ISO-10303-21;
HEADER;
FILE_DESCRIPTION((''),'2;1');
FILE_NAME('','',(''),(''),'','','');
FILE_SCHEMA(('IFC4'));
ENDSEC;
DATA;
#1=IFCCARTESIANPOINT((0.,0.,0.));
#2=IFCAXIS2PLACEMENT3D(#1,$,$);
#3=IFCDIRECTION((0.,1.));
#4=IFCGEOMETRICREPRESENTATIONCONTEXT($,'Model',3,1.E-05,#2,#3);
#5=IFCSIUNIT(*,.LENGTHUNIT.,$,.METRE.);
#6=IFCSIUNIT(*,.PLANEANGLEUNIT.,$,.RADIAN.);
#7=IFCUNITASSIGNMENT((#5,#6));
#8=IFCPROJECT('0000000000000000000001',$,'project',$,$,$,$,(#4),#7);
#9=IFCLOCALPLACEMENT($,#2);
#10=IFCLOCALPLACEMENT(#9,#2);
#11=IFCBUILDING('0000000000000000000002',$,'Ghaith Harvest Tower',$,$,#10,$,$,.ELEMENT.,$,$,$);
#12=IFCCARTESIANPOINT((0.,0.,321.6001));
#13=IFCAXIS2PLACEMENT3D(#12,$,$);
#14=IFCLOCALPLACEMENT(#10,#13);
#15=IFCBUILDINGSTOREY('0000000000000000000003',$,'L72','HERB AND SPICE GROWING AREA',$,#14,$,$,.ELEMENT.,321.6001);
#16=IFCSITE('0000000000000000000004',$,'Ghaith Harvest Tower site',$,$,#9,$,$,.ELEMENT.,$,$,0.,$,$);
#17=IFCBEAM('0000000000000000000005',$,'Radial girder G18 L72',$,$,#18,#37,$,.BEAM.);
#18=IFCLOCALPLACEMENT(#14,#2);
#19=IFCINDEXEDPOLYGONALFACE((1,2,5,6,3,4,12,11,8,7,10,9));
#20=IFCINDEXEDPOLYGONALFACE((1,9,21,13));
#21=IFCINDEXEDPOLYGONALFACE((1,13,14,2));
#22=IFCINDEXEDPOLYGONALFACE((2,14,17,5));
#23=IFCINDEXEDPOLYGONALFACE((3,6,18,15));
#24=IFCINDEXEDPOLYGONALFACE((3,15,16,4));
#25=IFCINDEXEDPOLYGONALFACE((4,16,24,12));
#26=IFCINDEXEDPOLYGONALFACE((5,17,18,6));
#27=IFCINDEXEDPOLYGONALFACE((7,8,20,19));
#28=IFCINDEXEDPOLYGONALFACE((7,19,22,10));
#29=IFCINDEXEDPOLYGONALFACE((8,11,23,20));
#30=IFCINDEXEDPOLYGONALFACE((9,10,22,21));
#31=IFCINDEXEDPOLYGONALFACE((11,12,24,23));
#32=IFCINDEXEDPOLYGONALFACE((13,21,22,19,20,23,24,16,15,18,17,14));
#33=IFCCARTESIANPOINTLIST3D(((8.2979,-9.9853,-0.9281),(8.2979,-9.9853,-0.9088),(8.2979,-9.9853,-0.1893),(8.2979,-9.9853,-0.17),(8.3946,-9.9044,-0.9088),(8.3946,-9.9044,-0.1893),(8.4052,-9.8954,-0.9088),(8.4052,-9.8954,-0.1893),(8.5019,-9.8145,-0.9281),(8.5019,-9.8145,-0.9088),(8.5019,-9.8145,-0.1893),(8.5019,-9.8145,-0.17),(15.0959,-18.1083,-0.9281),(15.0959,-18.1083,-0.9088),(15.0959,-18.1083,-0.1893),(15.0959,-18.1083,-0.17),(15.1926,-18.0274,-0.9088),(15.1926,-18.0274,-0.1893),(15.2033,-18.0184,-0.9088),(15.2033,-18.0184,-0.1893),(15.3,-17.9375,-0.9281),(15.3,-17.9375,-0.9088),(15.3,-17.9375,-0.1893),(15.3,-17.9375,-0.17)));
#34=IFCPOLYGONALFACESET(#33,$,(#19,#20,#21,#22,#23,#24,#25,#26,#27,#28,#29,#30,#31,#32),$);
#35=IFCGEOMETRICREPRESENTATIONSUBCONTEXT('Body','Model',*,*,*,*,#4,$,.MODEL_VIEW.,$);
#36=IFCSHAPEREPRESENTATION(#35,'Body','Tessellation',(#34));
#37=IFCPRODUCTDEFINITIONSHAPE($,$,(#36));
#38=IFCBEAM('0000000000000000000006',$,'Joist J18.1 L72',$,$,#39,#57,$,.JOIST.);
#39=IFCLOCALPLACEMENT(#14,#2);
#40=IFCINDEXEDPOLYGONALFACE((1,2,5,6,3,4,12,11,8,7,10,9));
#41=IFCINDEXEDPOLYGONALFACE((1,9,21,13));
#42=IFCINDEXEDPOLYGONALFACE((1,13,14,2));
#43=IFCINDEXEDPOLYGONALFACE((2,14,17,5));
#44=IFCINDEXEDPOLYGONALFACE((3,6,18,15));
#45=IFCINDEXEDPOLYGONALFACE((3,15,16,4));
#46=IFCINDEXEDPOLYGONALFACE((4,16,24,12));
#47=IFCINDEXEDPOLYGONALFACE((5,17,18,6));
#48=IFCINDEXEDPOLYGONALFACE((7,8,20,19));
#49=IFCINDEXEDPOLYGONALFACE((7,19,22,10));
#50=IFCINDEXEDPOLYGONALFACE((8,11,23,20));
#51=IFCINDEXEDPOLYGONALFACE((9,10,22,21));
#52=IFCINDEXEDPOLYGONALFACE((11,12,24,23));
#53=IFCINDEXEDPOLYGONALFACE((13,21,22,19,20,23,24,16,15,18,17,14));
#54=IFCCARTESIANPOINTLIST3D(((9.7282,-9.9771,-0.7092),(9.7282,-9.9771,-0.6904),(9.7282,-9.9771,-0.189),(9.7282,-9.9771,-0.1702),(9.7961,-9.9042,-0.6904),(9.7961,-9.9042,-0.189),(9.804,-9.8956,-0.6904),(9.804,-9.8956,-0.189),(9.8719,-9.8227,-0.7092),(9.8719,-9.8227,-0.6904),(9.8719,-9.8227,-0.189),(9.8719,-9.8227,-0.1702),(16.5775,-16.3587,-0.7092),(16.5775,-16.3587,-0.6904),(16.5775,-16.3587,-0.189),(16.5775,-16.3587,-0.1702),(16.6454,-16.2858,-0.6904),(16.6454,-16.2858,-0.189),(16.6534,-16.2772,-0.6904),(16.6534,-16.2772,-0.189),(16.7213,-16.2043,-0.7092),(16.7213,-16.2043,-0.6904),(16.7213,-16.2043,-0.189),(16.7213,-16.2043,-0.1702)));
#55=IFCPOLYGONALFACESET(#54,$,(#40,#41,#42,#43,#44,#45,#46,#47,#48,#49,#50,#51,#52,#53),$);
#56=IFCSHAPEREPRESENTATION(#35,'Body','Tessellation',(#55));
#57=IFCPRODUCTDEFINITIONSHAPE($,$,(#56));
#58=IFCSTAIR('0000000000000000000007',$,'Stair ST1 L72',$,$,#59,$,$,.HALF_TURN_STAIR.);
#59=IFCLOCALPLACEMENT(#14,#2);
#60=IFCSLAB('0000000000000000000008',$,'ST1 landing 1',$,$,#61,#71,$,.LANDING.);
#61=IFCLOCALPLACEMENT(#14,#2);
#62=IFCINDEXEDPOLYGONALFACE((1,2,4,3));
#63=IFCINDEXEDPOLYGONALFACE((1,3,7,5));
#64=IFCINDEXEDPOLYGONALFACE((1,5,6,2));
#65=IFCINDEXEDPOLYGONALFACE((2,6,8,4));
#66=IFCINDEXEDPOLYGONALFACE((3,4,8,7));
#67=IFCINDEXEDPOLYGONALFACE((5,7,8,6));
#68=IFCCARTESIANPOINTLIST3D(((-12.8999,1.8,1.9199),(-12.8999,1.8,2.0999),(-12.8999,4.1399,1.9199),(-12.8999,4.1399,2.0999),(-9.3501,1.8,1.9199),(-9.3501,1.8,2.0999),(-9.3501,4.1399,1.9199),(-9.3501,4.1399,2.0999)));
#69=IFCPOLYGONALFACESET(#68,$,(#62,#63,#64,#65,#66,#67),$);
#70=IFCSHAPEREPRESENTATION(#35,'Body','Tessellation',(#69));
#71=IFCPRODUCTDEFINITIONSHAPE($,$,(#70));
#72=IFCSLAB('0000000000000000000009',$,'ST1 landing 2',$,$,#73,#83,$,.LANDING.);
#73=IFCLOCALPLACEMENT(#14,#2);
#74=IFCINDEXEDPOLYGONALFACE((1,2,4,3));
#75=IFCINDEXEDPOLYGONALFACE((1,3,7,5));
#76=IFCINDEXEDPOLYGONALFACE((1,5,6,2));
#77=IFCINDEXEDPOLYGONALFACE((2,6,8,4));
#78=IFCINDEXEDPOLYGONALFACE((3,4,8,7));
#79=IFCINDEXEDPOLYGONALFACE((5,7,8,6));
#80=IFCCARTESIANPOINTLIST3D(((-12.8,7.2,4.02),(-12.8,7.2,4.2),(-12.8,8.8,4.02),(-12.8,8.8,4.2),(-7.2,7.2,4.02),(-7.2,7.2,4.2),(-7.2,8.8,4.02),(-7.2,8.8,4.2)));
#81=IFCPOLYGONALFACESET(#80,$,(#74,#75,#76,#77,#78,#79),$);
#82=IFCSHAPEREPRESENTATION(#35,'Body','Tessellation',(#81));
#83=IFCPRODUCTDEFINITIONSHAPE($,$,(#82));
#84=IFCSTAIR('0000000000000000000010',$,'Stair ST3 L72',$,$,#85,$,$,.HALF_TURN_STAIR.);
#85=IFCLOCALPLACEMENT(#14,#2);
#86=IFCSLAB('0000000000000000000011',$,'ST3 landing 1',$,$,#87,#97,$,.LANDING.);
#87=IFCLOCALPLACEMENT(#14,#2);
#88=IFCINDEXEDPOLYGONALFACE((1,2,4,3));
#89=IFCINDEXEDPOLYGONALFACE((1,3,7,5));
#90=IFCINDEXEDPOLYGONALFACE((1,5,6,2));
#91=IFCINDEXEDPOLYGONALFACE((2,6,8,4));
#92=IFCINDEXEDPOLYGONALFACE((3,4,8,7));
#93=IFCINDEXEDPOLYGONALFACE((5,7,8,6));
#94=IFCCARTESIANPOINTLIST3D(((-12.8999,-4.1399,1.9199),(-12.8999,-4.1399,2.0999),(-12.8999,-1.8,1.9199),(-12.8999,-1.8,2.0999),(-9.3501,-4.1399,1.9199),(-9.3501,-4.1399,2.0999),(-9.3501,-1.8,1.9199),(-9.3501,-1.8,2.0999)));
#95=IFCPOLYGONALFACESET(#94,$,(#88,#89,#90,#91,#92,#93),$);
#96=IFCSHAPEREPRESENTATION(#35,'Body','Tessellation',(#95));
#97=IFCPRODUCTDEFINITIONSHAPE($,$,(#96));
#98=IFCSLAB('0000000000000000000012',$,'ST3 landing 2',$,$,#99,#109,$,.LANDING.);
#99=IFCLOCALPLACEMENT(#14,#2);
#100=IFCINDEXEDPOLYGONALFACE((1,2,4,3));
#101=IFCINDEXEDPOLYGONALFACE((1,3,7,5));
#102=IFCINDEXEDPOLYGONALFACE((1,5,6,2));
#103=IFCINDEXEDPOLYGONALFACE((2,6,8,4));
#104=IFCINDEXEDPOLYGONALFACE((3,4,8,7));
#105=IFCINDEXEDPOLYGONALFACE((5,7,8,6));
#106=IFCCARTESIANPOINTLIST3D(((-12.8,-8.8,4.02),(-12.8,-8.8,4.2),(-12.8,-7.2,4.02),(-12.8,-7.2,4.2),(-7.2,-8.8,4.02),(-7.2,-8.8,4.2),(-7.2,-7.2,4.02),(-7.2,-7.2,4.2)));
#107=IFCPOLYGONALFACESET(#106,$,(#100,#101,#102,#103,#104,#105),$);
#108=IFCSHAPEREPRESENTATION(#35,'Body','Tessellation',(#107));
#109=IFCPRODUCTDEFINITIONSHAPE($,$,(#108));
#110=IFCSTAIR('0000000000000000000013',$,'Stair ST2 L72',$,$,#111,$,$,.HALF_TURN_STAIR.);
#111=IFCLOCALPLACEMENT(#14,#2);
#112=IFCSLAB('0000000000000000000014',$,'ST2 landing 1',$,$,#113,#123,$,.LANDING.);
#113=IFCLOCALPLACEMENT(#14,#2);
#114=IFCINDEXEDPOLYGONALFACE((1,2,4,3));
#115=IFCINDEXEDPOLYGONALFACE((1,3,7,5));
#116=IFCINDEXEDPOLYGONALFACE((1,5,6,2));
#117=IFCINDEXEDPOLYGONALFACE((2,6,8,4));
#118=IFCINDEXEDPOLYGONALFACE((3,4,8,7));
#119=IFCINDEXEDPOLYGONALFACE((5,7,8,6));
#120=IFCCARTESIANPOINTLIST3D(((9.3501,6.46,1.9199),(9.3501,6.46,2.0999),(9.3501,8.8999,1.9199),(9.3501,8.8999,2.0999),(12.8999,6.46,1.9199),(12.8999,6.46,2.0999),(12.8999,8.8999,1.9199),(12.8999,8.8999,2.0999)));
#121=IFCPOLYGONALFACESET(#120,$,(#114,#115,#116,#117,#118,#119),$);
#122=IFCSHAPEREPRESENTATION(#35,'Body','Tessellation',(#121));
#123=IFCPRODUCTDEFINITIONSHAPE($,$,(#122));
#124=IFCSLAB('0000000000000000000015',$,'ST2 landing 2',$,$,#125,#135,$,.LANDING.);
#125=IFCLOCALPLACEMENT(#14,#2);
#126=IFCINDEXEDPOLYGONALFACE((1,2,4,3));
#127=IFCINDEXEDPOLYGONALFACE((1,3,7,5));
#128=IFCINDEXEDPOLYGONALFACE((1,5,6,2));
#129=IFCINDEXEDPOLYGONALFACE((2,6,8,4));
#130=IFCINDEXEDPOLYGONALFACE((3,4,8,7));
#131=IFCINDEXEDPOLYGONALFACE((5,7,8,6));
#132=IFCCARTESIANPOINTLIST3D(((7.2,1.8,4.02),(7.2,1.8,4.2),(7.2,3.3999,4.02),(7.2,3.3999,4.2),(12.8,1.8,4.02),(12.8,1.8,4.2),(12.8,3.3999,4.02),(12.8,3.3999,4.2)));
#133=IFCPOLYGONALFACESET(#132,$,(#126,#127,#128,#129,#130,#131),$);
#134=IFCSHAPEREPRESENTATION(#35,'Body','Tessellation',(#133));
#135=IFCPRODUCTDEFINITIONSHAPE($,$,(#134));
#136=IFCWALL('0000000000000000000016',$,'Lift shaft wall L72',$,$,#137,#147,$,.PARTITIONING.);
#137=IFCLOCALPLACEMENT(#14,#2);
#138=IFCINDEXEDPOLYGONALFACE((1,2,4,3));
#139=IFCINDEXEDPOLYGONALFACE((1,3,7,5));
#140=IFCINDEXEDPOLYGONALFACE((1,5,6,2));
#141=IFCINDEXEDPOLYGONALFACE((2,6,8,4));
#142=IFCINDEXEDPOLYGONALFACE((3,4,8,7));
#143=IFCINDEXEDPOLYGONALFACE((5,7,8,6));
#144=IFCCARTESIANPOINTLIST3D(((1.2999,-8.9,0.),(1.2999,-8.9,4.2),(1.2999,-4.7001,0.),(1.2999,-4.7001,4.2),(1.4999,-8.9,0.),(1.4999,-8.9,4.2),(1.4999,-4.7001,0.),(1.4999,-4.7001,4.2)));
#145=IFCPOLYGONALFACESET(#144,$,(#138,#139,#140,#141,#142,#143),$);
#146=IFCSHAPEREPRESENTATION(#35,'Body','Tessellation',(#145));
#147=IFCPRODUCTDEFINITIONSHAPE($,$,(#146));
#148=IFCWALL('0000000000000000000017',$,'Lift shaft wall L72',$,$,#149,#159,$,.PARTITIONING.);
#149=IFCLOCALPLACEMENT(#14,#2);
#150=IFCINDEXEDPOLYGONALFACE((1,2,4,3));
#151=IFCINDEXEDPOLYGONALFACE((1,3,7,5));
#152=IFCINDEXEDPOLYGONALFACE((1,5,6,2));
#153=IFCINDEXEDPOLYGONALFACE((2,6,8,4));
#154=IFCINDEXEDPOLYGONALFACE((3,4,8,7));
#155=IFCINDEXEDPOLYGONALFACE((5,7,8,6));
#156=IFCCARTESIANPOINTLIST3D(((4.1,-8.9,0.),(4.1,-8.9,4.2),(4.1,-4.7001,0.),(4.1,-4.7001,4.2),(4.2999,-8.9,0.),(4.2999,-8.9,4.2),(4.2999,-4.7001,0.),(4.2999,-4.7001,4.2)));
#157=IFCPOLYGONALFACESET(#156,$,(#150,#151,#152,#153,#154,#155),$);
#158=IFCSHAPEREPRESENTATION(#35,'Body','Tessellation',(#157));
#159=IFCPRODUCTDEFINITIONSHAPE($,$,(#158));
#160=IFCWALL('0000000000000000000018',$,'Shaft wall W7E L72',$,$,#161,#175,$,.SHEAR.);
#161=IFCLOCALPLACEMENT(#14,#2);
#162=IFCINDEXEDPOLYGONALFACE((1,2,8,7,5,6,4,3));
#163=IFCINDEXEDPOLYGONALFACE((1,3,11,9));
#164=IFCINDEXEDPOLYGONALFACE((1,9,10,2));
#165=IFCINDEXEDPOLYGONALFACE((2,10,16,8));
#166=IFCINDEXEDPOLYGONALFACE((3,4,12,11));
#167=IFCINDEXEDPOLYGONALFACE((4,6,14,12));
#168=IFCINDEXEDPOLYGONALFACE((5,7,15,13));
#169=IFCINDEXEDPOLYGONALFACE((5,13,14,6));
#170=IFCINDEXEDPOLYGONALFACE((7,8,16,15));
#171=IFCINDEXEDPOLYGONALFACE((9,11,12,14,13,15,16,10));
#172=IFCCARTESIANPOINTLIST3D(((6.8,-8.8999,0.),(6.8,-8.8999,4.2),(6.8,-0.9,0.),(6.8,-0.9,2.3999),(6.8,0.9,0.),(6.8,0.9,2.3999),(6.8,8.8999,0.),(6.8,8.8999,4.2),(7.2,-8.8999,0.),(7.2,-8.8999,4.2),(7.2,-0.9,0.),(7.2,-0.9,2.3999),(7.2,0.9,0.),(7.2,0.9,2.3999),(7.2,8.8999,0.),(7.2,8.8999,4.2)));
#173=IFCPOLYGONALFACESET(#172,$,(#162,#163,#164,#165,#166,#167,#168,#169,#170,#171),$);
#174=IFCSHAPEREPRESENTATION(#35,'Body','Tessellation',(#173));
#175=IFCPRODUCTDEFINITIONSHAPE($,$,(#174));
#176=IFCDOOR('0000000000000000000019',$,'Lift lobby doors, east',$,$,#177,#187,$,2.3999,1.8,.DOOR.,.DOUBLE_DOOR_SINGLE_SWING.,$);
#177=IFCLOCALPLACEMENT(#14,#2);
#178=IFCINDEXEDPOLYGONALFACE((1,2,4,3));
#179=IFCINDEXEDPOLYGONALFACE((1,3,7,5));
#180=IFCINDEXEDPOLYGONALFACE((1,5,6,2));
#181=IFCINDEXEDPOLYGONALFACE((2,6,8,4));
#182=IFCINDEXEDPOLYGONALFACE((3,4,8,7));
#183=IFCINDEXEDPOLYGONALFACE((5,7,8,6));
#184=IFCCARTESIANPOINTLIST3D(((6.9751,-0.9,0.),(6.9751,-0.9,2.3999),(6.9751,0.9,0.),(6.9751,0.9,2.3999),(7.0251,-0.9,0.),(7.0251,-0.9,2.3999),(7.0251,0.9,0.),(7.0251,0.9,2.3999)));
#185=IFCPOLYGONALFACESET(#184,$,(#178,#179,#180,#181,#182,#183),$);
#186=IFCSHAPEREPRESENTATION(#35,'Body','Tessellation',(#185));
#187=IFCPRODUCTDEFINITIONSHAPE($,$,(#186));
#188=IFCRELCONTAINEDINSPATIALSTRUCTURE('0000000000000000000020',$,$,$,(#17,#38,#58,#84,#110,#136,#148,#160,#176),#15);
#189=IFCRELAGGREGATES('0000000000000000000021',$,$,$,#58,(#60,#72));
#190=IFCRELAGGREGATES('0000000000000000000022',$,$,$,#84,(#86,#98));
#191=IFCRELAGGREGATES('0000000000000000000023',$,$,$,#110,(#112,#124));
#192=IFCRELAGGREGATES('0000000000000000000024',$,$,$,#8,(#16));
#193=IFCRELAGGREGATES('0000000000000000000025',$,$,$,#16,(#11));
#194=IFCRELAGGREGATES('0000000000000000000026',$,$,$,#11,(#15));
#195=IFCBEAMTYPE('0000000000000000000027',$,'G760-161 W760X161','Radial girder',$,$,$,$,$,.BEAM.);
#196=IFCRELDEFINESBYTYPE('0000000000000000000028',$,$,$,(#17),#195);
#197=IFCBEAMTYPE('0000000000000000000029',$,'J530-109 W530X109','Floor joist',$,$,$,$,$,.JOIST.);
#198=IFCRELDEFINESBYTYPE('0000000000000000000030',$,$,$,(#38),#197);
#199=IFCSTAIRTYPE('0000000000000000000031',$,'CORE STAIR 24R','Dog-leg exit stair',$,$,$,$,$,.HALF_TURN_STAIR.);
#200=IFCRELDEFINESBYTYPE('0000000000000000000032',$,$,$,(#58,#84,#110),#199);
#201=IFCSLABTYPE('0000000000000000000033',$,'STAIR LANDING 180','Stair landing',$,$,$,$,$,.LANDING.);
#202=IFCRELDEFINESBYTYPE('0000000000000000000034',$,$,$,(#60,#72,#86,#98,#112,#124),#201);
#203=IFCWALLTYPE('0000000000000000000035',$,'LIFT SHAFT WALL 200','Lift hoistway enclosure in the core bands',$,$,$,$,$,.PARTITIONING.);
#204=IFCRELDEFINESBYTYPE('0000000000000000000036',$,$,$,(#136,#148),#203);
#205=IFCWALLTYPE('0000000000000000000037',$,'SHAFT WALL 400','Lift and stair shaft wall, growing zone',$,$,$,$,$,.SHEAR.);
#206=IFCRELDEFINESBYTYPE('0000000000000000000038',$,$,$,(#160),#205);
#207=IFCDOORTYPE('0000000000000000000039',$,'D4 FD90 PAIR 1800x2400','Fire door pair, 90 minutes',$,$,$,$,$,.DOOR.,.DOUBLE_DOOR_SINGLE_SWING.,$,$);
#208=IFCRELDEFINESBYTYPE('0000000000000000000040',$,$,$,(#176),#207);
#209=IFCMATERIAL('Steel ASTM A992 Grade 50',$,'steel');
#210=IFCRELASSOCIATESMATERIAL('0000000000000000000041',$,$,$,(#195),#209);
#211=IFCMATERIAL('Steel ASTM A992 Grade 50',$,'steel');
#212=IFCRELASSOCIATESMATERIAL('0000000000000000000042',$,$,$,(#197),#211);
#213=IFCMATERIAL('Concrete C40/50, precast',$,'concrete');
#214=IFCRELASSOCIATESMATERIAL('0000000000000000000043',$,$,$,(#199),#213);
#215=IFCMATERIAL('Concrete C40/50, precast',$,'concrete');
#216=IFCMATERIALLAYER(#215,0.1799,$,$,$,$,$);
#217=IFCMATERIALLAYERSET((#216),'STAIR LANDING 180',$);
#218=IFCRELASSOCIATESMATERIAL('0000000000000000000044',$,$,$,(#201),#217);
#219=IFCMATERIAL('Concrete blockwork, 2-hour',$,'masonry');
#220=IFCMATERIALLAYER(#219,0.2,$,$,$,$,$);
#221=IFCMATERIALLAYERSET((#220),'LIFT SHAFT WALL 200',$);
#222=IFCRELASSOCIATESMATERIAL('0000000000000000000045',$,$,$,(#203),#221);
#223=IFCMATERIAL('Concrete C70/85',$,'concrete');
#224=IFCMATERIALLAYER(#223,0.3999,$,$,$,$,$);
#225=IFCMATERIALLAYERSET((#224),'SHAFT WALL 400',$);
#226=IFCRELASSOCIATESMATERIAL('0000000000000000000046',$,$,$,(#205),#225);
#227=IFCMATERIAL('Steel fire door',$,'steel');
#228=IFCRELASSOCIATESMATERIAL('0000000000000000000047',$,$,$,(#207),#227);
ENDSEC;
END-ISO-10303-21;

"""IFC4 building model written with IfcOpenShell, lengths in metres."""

from ifc_helpers import new_model, si_unit, direction, frame, frame_2d, origin, origin_2d, place, context, subcontext, project, spatial, polyline, rectangle, i_section, outline, extrude, material, layer, layer_set, material_profile, profile_set, type_object, element, fill, aggregate, save


model = new_model("IFC4")

# Units and contexts
model_context = context("Model", 3, precision=1e-05, world=origin(), true_north=direction((0.0, 1.0)))
body_context = subcontext(model_context, "Body", "Model", "MODEL_VIEW")
ifc_project = project(units=[si_unit("LENGTHUNIT", "METRE"), si_unit("PLANEANGLEUNIT", "RADIAN")], contexts=[model_context])

# Site, building, storey
site_placement = place(None, origin())
site = spatial("IfcSite", under=ifc_project, at=site_placement, Name="Ghaith Harvest Tower site", CompositionType="ELEMENT", RefElevation=0.0)
building_placement = place(site_placement, origin())
building = spatial("IfcBuilding", under=site, at=building_placement, Name="Ghaith Harvest Tower", CompositionType="ELEMENT")
storey_placement = place(building_placement, frame((0.0, 0.0, 321.6001)))
storey = spatial("IfcBuildingStorey", under=building, at=storey_placement, Name="L72", Description="HERB AND SPICE GROWING AREA", CompositionType="ELEMENT", Elevation=321.6001)

# Beams
ifc_material_1 = material(Name="Steel ASTM A992 Grade 50", Category="steel")
ifc_material_profile_1 = material_profile(ifc_material_1, i_section(OverallWidth=0.2661, OverallDepth=0.7581, WebThickness=0.0139, FlangeThickness=0.0193, at=origin_2d()), Name="W760X161")
ifc_profile_set_1 = profile_set([ifc_material_profile_1], Name="Steel ASTM A992 Grade 50")
beam_type_1 = type_object("IfcBeamType", Name="G760-161 W760X161", Description="Radial girder", PredefinedType="BEAM", material=ifc_profile_set_1)
beam_1_placement = place(storey_placement, frame((8.3999, -9.8999, -0.5491), z_axis=(0.641793, -0.766878, 0.0), x_axis=(0.766878, 0.641793, 0.0)))
element("IfcBeam", 1, at=beam_1_placement, inside=storey, type_object=beam_type_1, Name="Radial girder G18 L72", PredefinedType="BEAM", context=body_context, shape_type="SweptSolid", body=[
    extrude(i_section(OverallWidth=0.2661, OverallDepth=0.7581, WebThickness=0.0139, FlangeThickness=0.0193, at=origin_2d()), origin(), (0.0, 0.0, 1.0), 10.5923),
])
ifc_material_2 = material(Name="Steel ASTM A992 Grade 50", Category="steel")
ifc_material_profile_2 = material_profile(ifc_material_2, i_section(OverallWidth=0.2109, OverallDepth=0.5391, WebThickness=0.0117, FlangeThickness=0.0188, at=origin_2d()), Name="W530X109")
ifc_profile_set_2 = profile_set([ifc_material_profile_2], Name="Steel ASTM A992 Grade 50")
beam_type_2 = type_object("IfcBeamType", Name="J530-109 W530X109", Description="Floor joist", PredefinedType="JOIST", material=ifc_profile_set_2)
beam_2_placement = place(storey_placement, frame((9.8, -9.8999, -0.4397), z_axis=(0.731649, -0.681682, 0.0), x_axis=(0.681682, 0.731649, 0.0)))
element("IfcBeam", 2, at=beam_2_placement, inside=storey, type_object=beam_type_2, Name="Joist J18.1 L72", PredefinedType="JOIST", context=body_context, shape_type="SweptSolid", body=[
    extrude(i_section(OverallWidth=0.2109, OverallDepth=0.5391, WebThickness=0.0117, FlangeThickness=0.0188, at=origin_2d()), origin(), (0.0, 0.0, 1.0), 9.3616),
])

# Stairs, slabs
ifc_material_3 = material(Name="Concrete C40/50, precast", Category="concrete")
stair_type = type_object("IfcStairType", Name="CORE STAIR 24R", Description="Dog-leg exit stair", PredefinedType="HALF_TURN_STAIR", material=ifc_material_3)
stair_1_placement = place(storey_placement, origin())
stair_1 = element("IfcStair", 3, at=stair_1_placement, inside=storey, type_object=stair_type, Name="Stair ST1 L72", PredefinedType="HALF_TURN_STAIR")
ifc_material_4 = material(Name="Concrete C40/50, precast", Category="concrete")
ifc_layer_1 = layer(ifc_material_4, 0.1799)
ifc_layer_set_1 = layer_set([ifc_layer_1], Name="STAIR LANDING 180")
slab_type = type_object("IfcSlabType", Name="STAIR LANDING 180", Description="Stair landing", PredefinedType="LANDING", material=ifc_layer_set_1)
slab_1_placement = place(storey_placement, frame((0.0, 0.0, 1.9199)))
slab_1 = element("IfcSlab", 4, at=slab_1_placement, type_object=slab_type, Name="ST1 landing 1", PredefinedType="LANDING", context=body_context, shape_type="SweptSolid", body=[
    extrude(outline(polyline([(-12.8999, 4.1399), (-12.8999, 1.8), (-9.3501, 1.8), (-9.3501, 4.1399), (-12.8999, 4.1399)])), origin(), (0.0, 0.0, 1.0), 0.1799),
])
slab_2_placement = place(storey_placement, frame((0.0, 0.0, 4.02)))
slab_2 = element("IfcSlab", 5, at=slab_2_placement, type_object=slab_type, Name="ST1 landing 2", PredefinedType="LANDING", context=body_context, shape_type="SweptSolid", body=[
    extrude(outline(polyline([(-12.8, 8.8), (-12.8, 7.2), (-7.2, 7.2), (-7.2, 8.8), (-12.8, 8.8)])), origin(), (0.0, 0.0, 1.0), 0.1799),
])
aggregate(stair_1, [slab_1, slab_2])
stair_2_placement = place(storey_placement, origin())
stair_2 = element("IfcStair", 6, at=stair_2_placement, inside=storey, type_object=stair_type, Name="Stair ST3 L72", PredefinedType="HALF_TURN_STAIR")
slab_3_placement = place(storey_placement, frame((0.0, 0.0, 1.9199)))
slab_3 = element("IfcSlab", 7, at=slab_3_placement, type_object=slab_type, Name="ST3 landing 1", PredefinedType="LANDING", context=body_context, shape_type="SweptSolid", body=[
    extrude(outline(polyline([(-12.8999, -4.1399), (-12.8999, -1.8), (-9.3501, -1.8), (-9.3501, -4.1399), (-12.8999, -4.1399)])), origin(), (0.0, 0.0, 1.0), 0.1799),
])
slab_4_placement = place(storey_placement, frame((0.0, 0.0, 4.02)))
slab_4 = element("IfcSlab", 8, at=slab_4_placement, type_object=slab_type, Name="ST3 landing 2", PredefinedType="LANDING", context=body_context, shape_type="SweptSolid", body=[
    extrude(outline(polyline([(-12.8, -8.8), (-12.8, -7.2), (-7.2, -7.2), (-7.2, -8.8), (-12.8, -8.8)])), origin(), (0.0, 0.0, 1.0), 0.1799),
])
aggregate(stair_2, [slab_3, slab_4])
stair_3_placement = place(storey_placement, origin())
stair_3 = element("IfcStair", 9, at=stair_3_placement, inside=storey, type_object=stair_type, Name="Stair ST2 L72", PredefinedType="HALF_TURN_STAIR")
slab_5_placement = place(storey_placement, frame((0.0, 0.0, 1.9199)))
slab_5 = element("IfcSlab", 10, at=slab_5_placement, type_object=slab_type, Name="ST2 landing 1", PredefinedType="LANDING", context=body_context, shape_type="SweptSolid", body=[
    extrude(outline(polyline([(12.8999, 6.46), (12.8999, 8.8999), (9.3501, 8.8999), (9.3501, 6.46), (12.8999, 6.46)])), origin(), (0.0, 0.0, 1.0), 0.1799),
])
slab_6_placement = place(storey_placement, frame((0.0, 0.0, 4.02)))
slab_6 = element("IfcSlab", 11, at=slab_6_placement, type_object=slab_type, Name="ST2 landing 2", PredefinedType="LANDING", context=body_context, shape_type="SweptSolid", body=[
    extrude(outline(polyline([(12.8, 1.8), (12.8, 3.3999), (7.2, 3.3999), (7.2, 1.8), (12.8, 1.8)])), origin(), (0.0, 0.0, 1.0), 0.1799),
])
aggregate(stair_3, [slab_5, slab_6])

# Walls
ifc_material_5 = material(Name="Concrete blockwork, 2-hour", Category="masonry")
ifc_layer_2 = layer(ifc_material_5, 0.2)
ifc_layer_set_2 = layer_set([ifc_layer_2], Name="LIFT SHAFT WALL 200")
wall_type_1 = type_object("IfcWallType", Name="LIFT SHAFT WALL 200", Description="Lift hoistway enclosure in the core bands", PredefinedType="PARTITIONING", material=ifc_layer_set_2)
for number, where, z_axis, x_axis, name in (
    (12, (1.3999, -4.7, 0.0), (0.0, 0.0, 1.0), (0.0, -1.0, 0.0), "Lift shaft wall L72"),
    (13, (4.2, -4.7, 0.0), (0.0, 0.0, 1.0), (0.0, -1.0, 0.0), "Lift shaft wall L72"),
):
    element("IfcWall", number, at=place(storey_placement, frame(where, z_axis=z_axis, x_axis=x_axis)), inside=storey, type_object=wall_type_1, Name=name, PredefinedType="PARTITIONING", context=body_context, shape_type="SweptSolid", body=[
        extrude(rectangle(XDim=4.2, YDim=0.2, at=frame_2d((2.1001, 0.0))), origin(), (0.0, 0.0, 1.0), 4.2),
    ])

# Wall, opening, door
ifc_material_6 = material(Name="Concrete C70/85", Category="concrete")
ifc_layer_3 = layer(ifc_material_6, 0.3999)
ifc_layer_set_3 = layer_set([ifc_layer_3], Name="SHAFT WALL 400")
wall_type_2 = type_object("IfcWallType", Name="SHAFT WALL 400", Description="Lift and stair shaft wall, growing zone", PredefinedType="SHEAR", material=ifc_layer_set_3)
wall_1_placement = place(storey_placement, frame((7.0, -8.8999, 0.0), z_axis=(0.0, 0.0, 1.0), x_axis=(0.0, 1.0, 0.0)))
wall_1 = element("IfcWall", 14, at=wall_1_placement, inside=storey, type_object=wall_type_2, Name="Shaft wall W7E L72", PredefinedType="SHEAR", context=body_context, shape_type="SweptSolid", body=[
    extrude(rectangle(XDim=17.7998, YDim=0.3999, at=frame_2d((8.8999, 0.0))), origin(), (0.0, 0.0, 1.0), 4.2),
])
opening_1_placement = place(wall_1_placement, frame((8.0, 0.0, 0.0)))
opening_1 = element("IfcOpeningElement", 15, at=opening_1_placement, cuts=wall_1, PredefinedType="OPENING", context=body_context, shape_type="SweptSolid", body=[
    extrude(rectangle(XDim=1.8, YDim=2.3999, at=frame_2d((0.8999, 1.2))), frame((0.0, 0.21, 0.0), z_axis=(0.0, -1.0, 0.0), x_axis=(1.0, 0.0, 0.0)), (0.0, 0.0, 1.0), 0.4199),
])
ifc_material_7 = material(Name="Steel fire door", Category="steel")
door_type_1 = type_object("IfcDoorType", Name="D4 FD90 PAIR 1800x2400", Description="Fire door pair, 90 minutes", OperationType="DOUBLE_DOOR_SINGLE_SWING", PredefinedType="DOOR", material=ifc_material_7)
door_1_placement = place(opening_1_placement, origin())
door_1 = element("IfcDoor", 16, at=door_1_placement, inside=storey, type_object=door_type_1, Name="Lift lobby doors, east", OperationType="DOUBLE_DOOR_SINGLE_SWING", OverallHeight=2.3999, OverallWidth=1.8, PredefinedType="DOOR", context=body_context, shape_type="SweptSolid", body=[
    extrude(rectangle(XDim=1.8, YDim=2.3999, at=frame_2d((0.8999, 1.2))), frame((0.0, 0.0249, 0.0), z_axis=(0.0, -1.0, 0.0), x_axis=(1.0, 0.0, 0.0)), (0.0, 0.0, 1.0), 0.05),
])
fill(opening_1, door_1)

save(model, "model.ifc")
